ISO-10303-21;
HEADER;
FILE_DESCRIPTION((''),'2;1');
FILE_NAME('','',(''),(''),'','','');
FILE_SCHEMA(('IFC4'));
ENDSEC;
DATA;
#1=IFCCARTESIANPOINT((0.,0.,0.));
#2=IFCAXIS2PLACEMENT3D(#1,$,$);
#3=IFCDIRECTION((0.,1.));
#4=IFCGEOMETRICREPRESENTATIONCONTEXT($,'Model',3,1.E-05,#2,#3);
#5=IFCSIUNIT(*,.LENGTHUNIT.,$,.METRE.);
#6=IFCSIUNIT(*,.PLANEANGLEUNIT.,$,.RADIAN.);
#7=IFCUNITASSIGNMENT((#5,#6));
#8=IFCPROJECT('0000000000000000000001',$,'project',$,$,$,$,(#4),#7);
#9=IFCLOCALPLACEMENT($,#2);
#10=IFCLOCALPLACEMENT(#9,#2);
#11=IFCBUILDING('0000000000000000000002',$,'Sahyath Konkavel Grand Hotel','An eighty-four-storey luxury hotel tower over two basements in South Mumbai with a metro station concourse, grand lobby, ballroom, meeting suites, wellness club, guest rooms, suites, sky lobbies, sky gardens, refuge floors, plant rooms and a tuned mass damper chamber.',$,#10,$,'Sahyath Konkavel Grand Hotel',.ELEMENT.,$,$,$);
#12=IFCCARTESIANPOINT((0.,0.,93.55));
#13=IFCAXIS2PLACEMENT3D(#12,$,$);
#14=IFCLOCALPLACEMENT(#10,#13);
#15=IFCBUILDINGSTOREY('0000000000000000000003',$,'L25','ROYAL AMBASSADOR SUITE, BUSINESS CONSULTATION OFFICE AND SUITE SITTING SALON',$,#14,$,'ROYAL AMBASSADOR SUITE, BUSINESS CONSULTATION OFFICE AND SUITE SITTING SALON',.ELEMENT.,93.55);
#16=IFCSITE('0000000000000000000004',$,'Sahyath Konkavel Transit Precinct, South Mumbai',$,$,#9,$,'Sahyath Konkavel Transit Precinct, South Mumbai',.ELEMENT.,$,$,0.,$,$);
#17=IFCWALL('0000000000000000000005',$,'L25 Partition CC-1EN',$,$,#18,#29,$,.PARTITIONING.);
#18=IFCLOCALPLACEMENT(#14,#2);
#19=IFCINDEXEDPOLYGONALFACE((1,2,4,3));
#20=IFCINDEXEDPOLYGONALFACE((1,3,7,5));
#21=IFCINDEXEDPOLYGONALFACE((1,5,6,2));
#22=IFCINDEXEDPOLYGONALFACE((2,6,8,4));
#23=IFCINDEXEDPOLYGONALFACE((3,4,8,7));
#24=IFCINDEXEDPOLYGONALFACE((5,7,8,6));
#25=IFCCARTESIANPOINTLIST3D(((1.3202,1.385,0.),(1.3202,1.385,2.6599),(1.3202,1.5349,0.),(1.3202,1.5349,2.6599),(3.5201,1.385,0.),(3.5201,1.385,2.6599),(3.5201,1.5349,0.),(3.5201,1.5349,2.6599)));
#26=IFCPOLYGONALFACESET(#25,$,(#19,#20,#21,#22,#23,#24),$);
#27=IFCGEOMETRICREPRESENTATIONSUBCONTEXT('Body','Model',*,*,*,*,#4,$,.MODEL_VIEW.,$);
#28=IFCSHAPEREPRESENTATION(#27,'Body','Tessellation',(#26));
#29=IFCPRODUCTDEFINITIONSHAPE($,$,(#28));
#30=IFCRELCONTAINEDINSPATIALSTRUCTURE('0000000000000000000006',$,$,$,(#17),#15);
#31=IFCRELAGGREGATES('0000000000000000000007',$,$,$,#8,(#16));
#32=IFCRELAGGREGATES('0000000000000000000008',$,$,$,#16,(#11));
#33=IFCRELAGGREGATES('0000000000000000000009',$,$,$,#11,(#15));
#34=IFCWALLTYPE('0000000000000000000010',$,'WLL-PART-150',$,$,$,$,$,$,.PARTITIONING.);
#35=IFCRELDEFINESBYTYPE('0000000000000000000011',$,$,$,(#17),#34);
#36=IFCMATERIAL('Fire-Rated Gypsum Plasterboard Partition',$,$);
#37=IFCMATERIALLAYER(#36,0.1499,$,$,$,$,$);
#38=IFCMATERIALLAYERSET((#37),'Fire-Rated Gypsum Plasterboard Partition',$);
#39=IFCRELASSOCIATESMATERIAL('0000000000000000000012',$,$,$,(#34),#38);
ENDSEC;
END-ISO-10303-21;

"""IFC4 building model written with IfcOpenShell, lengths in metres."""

from ifc_helpers import new_model, si_unit, direction, frame, frame_2d, origin, place, context, subcontext, project, spatial, rectangle, extrude, material, layer, layer_set, type_object, element, save


model = new_model("IFC4")

# Units and contexts
model_context = context("Model", 3, precision=1e-05, world=origin(), true_north=direction((0.0, 1.0)))
body_context = subcontext(model_context, "Body", "Model", "MODEL_VIEW")
ifc_project = project(units=[si_unit("LENGTHUNIT", "METRE"), si_unit("PLANEANGLEUNIT", "RADIAN")], contexts=[model_context])

# Site, building, storey
site_placement = place(None, origin())
site = spatial("IfcSite", under=ifc_project, at=site_placement, Name="Sahyath Konkavel Transit Precinct, South Mumbai", LongName="Sahyath Konkavel Transit Precinct, South Mumbai", CompositionType="ELEMENT", RefElevation=0.0)
building_placement = place(site_placement, origin())
building = spatial("IfcBuilding", under=site, at=building_placement, Name="Sahyath Konkavel Grand Hotel", Description="An eighty-four-storey luxury hotel tower over two basements in South Mumbai with a metro station concourse, grand lobby, ballroom, meeting suites, wellness club, guest rooms, suites, sky lobbies, sky gardens, refuge floors, plant rooms and a tuned mass damper chamber.", LongName="Sahyath Konkavel Grand Hotel", CompositionType="ELEMENT")
storey_placement = place(building_placement, frame((0.0, 0.0, 93.55)))
storey = spatial("IfcBuildingStorey", under=building, at=storey_placement, Name="L25", Description="ROYAL AMBASSADOR SUITE, BUSINESS CONSULTATION OFFICE AND SUITE SITTING SALON", LongName="ROYAL AMBASSADOR SUITE, BUSINESS CONSULTATION OFFICE AND SUITE SITTING SALON", CompositionType="ELEMENT", Elevation=93.55)

# Wall
ifc_material_1 = material(Name="Fire-Rated Gypsum Plasterboard Partition")
ifc_layer_1 = layer(ifc_material_1, 0.1499)
ifc_layer_set_1 = layer_set([ifc_layer_1], Name="Fire-Rated Gypsum Plasterboard Partition")
wall_type_1 = type_object("IfcWallType", Name="WLL-PART-150", PredefinedType="PARTITIONING", material=ifc_layer_set_1)
wall_1_placement = place(storey_placement, frame((1.3201, 1.46, 0.0), z_axis=(0.0, 0.0, 1.0), x_axis=(1.0, 0.0, 0.0)))
element("IfcWall", 1, at=wall_1_placement, inside=storey, type_object=wall_type_1, Name="L25 Partition CC-1EN", PredefinedType="PARTITIONING", context=body_context, shape_type="SweptSolid", body=[
    extrude(rectangle(XDim=2.2, YDim=0.1499, at=frame_2d((1.1001, 0.0))), origin(), (0.0, 0.0, 1.0), 2.6599),
])

save(model, "model.ifc")
